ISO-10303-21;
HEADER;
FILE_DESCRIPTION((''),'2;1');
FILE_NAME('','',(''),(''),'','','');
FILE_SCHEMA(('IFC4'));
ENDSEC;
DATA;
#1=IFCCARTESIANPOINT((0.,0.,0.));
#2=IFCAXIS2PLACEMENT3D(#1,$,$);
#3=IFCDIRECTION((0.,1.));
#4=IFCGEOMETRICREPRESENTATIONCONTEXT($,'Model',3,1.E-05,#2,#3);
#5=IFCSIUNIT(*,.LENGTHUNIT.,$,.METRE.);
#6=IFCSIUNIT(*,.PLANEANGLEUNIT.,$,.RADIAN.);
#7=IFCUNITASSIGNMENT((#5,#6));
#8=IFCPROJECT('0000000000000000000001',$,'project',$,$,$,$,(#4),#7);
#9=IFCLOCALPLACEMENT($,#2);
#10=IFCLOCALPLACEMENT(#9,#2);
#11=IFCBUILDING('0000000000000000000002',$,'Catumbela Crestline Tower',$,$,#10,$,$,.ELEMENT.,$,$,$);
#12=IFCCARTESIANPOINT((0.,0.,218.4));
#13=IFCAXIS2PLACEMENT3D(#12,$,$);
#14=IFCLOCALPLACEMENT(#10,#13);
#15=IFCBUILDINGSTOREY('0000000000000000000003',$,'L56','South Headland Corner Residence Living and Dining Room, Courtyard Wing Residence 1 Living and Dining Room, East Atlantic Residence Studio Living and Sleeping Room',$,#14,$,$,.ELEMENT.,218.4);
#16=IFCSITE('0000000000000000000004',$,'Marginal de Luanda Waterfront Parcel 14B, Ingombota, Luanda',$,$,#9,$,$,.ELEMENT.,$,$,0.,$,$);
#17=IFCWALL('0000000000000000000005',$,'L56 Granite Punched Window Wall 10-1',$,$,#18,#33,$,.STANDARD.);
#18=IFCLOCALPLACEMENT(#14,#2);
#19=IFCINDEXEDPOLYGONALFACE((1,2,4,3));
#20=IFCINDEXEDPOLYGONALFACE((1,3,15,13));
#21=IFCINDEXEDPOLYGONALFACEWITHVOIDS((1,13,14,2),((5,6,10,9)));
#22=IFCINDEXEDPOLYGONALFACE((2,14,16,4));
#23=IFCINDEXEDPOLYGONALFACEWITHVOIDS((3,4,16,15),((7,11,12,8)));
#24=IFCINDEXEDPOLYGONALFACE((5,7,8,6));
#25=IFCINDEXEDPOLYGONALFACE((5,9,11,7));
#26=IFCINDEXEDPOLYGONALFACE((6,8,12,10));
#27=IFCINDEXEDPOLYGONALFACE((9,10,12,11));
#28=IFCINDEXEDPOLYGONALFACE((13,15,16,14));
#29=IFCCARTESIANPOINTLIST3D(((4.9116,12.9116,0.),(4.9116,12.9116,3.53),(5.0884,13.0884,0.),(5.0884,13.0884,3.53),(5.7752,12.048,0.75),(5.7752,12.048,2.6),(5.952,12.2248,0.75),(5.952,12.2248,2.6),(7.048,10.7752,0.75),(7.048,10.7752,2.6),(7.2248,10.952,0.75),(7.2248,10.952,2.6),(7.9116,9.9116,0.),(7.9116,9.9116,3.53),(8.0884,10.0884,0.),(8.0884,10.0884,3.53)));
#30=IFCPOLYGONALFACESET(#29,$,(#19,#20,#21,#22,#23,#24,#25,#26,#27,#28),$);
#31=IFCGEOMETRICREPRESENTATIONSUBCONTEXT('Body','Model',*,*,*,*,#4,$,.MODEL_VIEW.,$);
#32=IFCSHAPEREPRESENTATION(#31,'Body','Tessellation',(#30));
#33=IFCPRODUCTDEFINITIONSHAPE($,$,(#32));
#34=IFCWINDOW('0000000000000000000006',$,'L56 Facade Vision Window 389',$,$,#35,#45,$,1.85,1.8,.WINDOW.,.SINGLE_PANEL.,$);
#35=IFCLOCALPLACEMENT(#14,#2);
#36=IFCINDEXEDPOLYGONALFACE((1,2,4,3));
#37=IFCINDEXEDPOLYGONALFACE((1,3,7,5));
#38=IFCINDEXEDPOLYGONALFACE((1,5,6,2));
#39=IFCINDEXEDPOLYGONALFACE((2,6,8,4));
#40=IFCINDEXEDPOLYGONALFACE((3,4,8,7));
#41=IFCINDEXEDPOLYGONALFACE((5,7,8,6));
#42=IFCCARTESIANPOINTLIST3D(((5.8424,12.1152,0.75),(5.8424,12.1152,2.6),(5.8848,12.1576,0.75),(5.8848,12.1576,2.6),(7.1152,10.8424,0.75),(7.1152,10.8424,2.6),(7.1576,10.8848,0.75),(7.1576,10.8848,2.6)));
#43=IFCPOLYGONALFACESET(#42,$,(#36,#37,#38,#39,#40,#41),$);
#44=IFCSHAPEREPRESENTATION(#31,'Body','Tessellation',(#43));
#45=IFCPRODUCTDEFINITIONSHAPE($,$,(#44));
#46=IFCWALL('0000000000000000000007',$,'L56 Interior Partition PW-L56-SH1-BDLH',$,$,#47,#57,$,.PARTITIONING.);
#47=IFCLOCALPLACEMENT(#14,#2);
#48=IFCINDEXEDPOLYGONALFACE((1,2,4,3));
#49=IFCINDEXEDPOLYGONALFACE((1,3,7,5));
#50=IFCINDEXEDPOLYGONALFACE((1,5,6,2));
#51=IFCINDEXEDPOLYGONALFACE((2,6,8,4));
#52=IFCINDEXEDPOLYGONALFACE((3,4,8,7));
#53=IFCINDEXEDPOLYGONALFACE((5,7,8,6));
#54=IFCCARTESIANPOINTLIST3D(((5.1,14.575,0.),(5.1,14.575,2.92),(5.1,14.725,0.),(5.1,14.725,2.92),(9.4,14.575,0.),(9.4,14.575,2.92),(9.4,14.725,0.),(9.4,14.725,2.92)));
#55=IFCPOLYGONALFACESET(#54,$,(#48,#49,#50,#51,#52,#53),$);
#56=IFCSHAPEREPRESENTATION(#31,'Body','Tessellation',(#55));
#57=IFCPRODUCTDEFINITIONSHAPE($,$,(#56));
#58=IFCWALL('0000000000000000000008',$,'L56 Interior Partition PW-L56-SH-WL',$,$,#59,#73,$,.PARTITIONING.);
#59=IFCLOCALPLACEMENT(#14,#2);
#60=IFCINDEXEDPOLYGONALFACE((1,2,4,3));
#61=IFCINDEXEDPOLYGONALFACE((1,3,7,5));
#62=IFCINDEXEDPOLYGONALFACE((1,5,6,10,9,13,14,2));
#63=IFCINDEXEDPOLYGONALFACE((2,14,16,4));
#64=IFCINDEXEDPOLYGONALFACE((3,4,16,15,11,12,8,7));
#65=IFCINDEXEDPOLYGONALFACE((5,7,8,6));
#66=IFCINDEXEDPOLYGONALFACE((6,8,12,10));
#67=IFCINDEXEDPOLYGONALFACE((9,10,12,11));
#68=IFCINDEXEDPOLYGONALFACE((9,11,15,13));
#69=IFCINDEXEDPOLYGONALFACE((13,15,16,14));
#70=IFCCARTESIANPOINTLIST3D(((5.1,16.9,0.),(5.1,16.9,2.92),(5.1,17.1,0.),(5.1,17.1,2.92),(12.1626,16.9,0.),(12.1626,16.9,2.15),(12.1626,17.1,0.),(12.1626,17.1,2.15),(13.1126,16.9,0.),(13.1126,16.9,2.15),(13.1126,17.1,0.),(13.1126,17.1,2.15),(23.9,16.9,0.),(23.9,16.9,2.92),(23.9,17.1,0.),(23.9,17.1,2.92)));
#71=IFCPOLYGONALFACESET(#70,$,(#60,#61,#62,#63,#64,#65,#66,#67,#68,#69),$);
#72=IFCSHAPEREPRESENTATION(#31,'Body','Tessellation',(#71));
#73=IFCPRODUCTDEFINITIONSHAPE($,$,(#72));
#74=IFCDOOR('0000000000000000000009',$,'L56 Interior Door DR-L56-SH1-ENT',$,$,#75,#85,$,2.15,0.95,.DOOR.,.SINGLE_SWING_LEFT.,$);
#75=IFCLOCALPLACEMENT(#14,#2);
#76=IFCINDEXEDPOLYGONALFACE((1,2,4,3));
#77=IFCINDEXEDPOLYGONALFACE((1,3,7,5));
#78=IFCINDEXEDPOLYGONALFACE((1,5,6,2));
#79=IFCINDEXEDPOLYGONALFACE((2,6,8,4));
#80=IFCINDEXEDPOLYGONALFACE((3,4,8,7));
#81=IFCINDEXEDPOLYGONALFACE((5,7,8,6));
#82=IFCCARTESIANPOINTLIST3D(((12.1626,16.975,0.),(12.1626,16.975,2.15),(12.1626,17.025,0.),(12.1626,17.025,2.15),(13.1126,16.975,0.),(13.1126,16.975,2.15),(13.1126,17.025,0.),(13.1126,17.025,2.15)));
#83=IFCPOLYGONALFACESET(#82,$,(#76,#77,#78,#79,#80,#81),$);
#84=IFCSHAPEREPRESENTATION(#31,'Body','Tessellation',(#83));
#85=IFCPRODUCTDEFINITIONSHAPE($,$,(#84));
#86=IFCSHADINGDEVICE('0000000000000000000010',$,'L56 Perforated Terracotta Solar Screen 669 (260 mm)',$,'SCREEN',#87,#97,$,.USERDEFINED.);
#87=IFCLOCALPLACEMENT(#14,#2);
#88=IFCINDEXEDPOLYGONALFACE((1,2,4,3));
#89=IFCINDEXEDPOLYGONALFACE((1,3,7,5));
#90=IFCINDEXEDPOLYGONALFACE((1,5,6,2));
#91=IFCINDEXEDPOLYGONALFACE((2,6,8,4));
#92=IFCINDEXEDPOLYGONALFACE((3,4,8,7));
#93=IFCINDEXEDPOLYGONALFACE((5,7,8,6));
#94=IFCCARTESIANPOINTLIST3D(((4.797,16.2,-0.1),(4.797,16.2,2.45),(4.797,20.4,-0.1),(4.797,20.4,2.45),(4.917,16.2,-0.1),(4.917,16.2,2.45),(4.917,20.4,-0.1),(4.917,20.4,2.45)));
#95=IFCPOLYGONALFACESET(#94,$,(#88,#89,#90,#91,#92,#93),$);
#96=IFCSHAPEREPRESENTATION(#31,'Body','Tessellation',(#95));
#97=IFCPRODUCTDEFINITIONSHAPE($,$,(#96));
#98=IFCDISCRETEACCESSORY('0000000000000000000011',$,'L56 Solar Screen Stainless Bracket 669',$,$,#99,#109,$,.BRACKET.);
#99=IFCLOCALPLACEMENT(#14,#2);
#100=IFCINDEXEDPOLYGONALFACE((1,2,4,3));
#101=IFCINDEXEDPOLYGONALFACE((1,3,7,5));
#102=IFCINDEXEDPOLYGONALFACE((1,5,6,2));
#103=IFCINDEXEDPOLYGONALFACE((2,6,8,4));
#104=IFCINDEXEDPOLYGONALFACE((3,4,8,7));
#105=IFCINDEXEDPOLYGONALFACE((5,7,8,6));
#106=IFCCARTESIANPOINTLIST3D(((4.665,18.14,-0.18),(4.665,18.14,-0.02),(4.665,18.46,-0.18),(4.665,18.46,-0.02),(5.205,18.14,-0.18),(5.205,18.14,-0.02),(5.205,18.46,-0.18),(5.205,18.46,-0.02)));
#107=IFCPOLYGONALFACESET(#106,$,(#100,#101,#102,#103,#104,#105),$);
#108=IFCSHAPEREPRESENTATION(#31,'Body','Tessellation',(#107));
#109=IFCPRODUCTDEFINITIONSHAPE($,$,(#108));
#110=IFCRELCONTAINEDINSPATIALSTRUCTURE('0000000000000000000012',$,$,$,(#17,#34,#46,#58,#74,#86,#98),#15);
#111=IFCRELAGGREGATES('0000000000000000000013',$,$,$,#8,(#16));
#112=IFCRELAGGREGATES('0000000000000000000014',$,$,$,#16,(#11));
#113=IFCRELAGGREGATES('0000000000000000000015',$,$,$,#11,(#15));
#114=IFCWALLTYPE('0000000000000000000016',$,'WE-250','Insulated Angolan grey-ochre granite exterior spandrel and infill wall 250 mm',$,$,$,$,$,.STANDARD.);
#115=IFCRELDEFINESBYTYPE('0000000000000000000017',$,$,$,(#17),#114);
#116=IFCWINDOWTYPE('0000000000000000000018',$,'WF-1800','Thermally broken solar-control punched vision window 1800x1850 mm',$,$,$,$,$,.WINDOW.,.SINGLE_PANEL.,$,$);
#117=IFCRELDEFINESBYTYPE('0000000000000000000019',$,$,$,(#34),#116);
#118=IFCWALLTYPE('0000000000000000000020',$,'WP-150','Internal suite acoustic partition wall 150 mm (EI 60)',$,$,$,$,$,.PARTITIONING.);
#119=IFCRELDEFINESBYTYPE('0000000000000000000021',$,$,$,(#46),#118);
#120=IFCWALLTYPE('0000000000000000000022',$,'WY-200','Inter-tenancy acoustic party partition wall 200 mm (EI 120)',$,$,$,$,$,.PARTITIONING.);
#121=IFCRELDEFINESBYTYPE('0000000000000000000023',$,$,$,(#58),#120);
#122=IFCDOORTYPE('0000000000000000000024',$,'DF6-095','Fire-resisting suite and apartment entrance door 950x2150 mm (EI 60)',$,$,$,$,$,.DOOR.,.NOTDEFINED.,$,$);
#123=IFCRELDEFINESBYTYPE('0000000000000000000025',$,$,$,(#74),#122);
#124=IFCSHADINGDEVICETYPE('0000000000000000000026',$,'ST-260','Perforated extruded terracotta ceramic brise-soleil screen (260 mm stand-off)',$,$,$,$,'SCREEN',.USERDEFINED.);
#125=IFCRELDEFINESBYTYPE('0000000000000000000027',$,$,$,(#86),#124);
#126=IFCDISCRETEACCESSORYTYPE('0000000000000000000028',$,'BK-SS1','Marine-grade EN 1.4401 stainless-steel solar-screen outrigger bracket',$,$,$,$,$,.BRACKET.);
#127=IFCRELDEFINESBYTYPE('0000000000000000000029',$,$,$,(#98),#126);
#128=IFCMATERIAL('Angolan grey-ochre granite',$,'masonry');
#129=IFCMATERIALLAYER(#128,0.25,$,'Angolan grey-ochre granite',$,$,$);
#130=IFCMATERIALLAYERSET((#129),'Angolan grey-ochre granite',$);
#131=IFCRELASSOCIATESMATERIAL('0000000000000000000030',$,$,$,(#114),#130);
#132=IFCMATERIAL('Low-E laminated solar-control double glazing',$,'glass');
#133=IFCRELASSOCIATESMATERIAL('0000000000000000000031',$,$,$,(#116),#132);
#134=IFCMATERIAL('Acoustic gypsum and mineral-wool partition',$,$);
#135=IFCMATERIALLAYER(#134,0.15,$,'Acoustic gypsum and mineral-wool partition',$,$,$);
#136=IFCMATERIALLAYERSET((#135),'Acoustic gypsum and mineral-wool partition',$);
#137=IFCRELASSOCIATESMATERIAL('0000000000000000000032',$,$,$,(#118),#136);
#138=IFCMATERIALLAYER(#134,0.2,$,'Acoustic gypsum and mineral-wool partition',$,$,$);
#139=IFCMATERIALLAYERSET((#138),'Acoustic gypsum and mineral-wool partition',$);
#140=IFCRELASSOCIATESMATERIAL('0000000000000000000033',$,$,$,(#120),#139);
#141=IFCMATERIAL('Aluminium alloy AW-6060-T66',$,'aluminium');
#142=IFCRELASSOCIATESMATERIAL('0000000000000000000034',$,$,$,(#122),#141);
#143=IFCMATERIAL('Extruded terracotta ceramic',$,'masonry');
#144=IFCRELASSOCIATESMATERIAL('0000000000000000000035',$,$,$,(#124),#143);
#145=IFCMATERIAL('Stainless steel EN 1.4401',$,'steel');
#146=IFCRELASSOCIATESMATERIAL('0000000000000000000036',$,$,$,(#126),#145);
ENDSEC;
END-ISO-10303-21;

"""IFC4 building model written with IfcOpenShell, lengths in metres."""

from ifc_helpers import new_model, si_unit, direction, frame, frame_2d, origin, origin_2d, place, context, subcontext, project, spatial, rectangle, extrude, material, layer, layer_set, type_object, element, fill, save


model = new_model("IFC4")

# Units and contexts
model_context = context("Model", 3, precision=1e-05, world=origin(), true_north=direction((0.0, 1.0)))
body_context = subcontext(model_context, "Body", "Model", "MODEL_VIEW")
ifc_project = project(units=[si_unit("LENGTHUNIT", "METRE"), si_unit("PLANEANGLEUNIT", "RADIAN")], contexts=[model_context])

# Site, building, storey
site_placement = place(None, origin())
site = spatial("IfcSite", under=ifc_project, at=site_placement, Name="Marginal de Luanda Waterfront Parcel 14B, Ingombota, Luanda", CompositionType="ELEMENT", RefElevation=0.0)
building_placement = place(site_placement, origin())
building = spatial("IfcBuilding", under=site, at=building_placement, Name="Catumbela Crestline Tower", CompositionType="ELEMENT")
storey_placement = place(building_placement, frame((0.0, 0.0, 218.4)))
storey = spatial("IfcBuildingStorey", under=building, at=storey_placement, Name="L56", Description="South Headland Corner Residence Living and Dining Room, Courtyard Wing Residence 1 Living and Dining Room, East Atlantic Residence Studio Living and Sleeping Room", CompositionType="ELEMENT", Elevation=218.4)

# Shared definitions
ifc_material_1 = material(Name="Aluminium alloy AW-6060-T66", Category="aluminium")
ifc_material_2 = material(Name="Low-E laminated solar-control double glazing", Category="glass")

# Wall, opening, window
ifc_material_3 = material(Name="Angolan grey-ochre granite", Category="masonry")
ifc_layer_1 = layer(ifc_material_3, 0.25, Name="Angolan grey-ochre granite")
ifc_layer_set_1 = layer_set([ifc_layer_1], Name="Angolan grey-ochre granite")
wall_type_1 = type_object("IfcWallType", Name="WE-250", Description="Insulated Angolan grey-ochre granite exterior spandrel and infill wall 250 mm", PredefinedType="STANDARD", material=ifc_layer_set_1)
wall_1_placement = place(storey_placement, frame((5.0, 13.0, 0.0), z_axis=(0.0, 0.0, 1.0), x_axis=(0.707107, -0.707107, 0.0)))
wall_1 = element("IfcWall", 1, at=wall_1_placement, inside=storey, type_object=wall_type_1, Name="L56 Granite Punched Window Wall 10-1", PredefinedType="STANDARD", context=body_context, shape_type="SweptSolid", body=[
    extrude(rectangle(XDim=4.2426, YDim=0.25, at=frame_2d((2.1213, 0.0))), origin(), (0.0, 0.0, 1.0), 3.53),
])
opening_1_placement = place(wall_1_placement, frame((1.2213, 0.0, 0.75)))
opening_1 = element("IfcOpeningElement", 2, at=opening_1_placement, cuts=wall_1, PredefinedType="OPENING", context=body_context, shape_type="SweptSolid", body=[
    extrude(rectangle(XDim=1.8, YDim=1.85, at=frame_2d((0.9, 0.925))), frame((0.0, 0.135, 0.0), z_axis=(0.0, -1.0, 0.0), x_axis=(1.0, 0.0, 0.0)), (0.0, 0.0, 1.0), 0.27),
])
window_type = type_object("IfcWindowType", Name="WF-1800", Description="Thermally broken solar-control punched vision window 1800x1850 mm", PartitioningType="SINGLE_PANEL", PredefinedType="WINDOW", material=ifc_material_2)
window_placement = place(opening_1_placement, origin())
window = element("IfcWindow", 3, at=window_placement, inside=storey, type_object=window_type, Name="L56 Facade Vision Window 389", OverallHeight=1.85, OverallWidth=1.8, PartitioningType="SINGLE_PANEL", PredefinedType="WINDOW", context=body_context, shape_type="SweptSolid", body=[
    extrude(rectangle(XDim=1.8, YDim=1.85, at=frame_2d((0.9, 0.925))), frame((0.0, 0.03, 0.0), z_axis=(0.0, -1.0, 0.0), x_axis=(1.0, 0.0, 0.0)), (0.0, 0.0, 1.0), 0.06),
])
fill(opening_1, window)

# Wall
ifc_material_4 = material(Name="Acoustic gypsum and mineral-wool partition")
ifc_layer_2 = layer(ifc_material_4, 0.15, Name="Acoustic gypsum and mineral-wool partition")
ifc_layer_set_2 = layer_set([ifc_layer_2], Name="Acoustic gypsum and mineral-wool partition")
wall_type_2 = type_object("IfcWallType", Name="WP-150", Description="Internal suite acoustic partition wall 150 mm (EI 60)", PredefinedType="PARTITIONING", material=ifc_layer_set_2)
wall_2_placement = place(storey_placement, frame((5.1, 14.65, 0.0), z_axis=(0.0, 0.0, 1.0), x_axis=(1.0, 0.0, 0.0)))
element("IfcWall", 4, at=wall_2_placement, inside=storey, type_object=wall_type_2, Name="L56 Interior Partition PW-L56-SH1-BDLH", PredefinedType="PARTITIONING", context=body_context, shape_type="SweptSolid", body=[
    extrude(rectangle(XDim=4.3, YDim=0.15, at=frame_2d((2.15, 0.0))), origin(), (0.0, 0.0, 1.0), 2.92),
])

# Wall, opening, door
ifc_layer_3 = layer(ifc_material_4, 0.2, Name="Acoustic gypsum and mineral-wool partition")
ifc_layer_set_3 = layer_set([ifc_layer_3], Name="Acoustic gypsum and mineral-wool partition")
wall_type_3 = type_object("IfcWallType", Name="WY-200", Description="Inter-tenancy acoustic party partition wall 200 mm (EI 120)", PredefinedType="PARTITIONING", material=ifc_layer_set_3)
wall_3_placement = place(storey_placement, frame((5.1, 17.0, 0.0), z_axis=(0.0, 0.0, 1.0), x_axis=(1.0, 0.0, 0.0)))
wall_3 = element("IfcWall", 5, at=wall_3_placement, inside=storey, type_object=wall_type_3, Name="L56 Interior Partition PW-L56-SH-WL", PredefinedType="PARTITIONING", context=body_context, shape_type="SweptSolid", body=[
    extrude(rectangle(XDim=18.8, YDim=0.2, at=frame_2d((9.4, 0.0))), origin(), (0.0, 0.0, 1.0), 2.92),
])
opening_2_placement = place(wall_3_placement, frame((7.0626, 0.0, 0.0)))
opening_2 = element("IfcOpeningElement", 6, at=opening_2_placement, cuts=wall_3, PredefinedType="OPENING", context=body_context, shape_type="SweptSolid", body=[
    extrude(rectangle(XDim=0.95, YDim=2.15, at=frame_2d((0.475, 1.075))), frame((0.0, 0.11, 0.0), z_axis=(0.0, -1.0, 0.0), x_axis=(1.0, 0.0, 0.0)), (0.0, 0.0, 1.0), 0.22),
])
door_type = type_object("IfcDoorType", Name="DF6-095", Description="Fire-resisting suite and apartment entrance door 950x2150 mm (EI 60)", OperationType="NOTDEFINED", PredefinedType="DOOR", material=ifc_material_1)
door_placement = place(opening_2_placement, origin())
door = element("IfcDoor", 7, at=door_placement, inside=storey, type_object=door_type, Name="L56 Interior Door DR-L56-SH1-ENT", OperationType="SINGLE_SWING_LEFT", OverallHeight=2.15, OverallWidth=0.95, PredefinedType="DOOR", context=body_context, shape_type="SweptSolid", body=[
    extrude(rectangle(XDim=0.95, YDim=2.15, at=frame_2d((0.475, 1.075))), frame((0.0, 0.025, 0.0), z_axis=(0.0, -1.0, 0.0), x_axis=(1.0, 0.0, 0.0)), (0.0, 0.0, 1.0), 0.05),
])
fill(opening_2, door)

# Shading device
ifc_material_5 = material(Name="Extruded terracotta ceramic", Category="masonry")
shading_device_type = type_object("IfcShadingDeviceType", Name="ST-260", Description="Perforated extruded terracotta ceramic brise-soleil screen (260 mm stand-off)", ElementType="SCREEN", PredefinedType="USERDEFINED", material=ifc_material_5)
shading_device_placement = place(storey_placement, frame((4.857, 18.3, -0.1), z_axis=(0.0, 0.0, 1.0), x_axis=(0.0, -1.0, 0.0)))
element("IfcShadingDevice", 8, at=shading_device_placement, inside=storey, type_object=shading_device_type, Name="L56 Perforated Terracotta Solar Screen 669 (260 mm)", ObjectType="SCREEN", PredefinedType="USERDEFINED", context=body_context, shape_type="SweptSolid", body=[
    extrude(rectangle(XDim=4.2, YDim=0.12, at=origin_2d()), origin(), (0.0, 0.0, 1.0), 2.55),
])

# Discrete accessory
ifc_material_6 = material(Name="Stainless steel EN 1.4401", Category="steel")
discrete_accessory_type = type_object("IfcDiscreteAccessoryType", Name="BK-SS1", Description="Marine-grade EN 1.4401 stainless-steel solar-screen outrigger bracket", PredefinedType="BRACKET", material=ifc_material_6)
discrete_accessory_placement = place(storey_placement, frame((4.935, 18.3, -0.18), z_axis=(0.0, 0.0, 1.0), x_axis=(0.0, -1.0, 0.0)))
element("IfcDiscreteAccessory", 9, at=discrete_accessory_placement, inside=storey, type_object=discrete_accessory_type, Name="L56 Solar Screen Stainless Bracket 669", PredefinedType="BRACKET", context=body_context, shape_type="SweptSolid", body=[
    extrude(rectangle(XDim=0.32, YDim=0.54, at=origin_2d()), origin(), (0.0, 0.0, 1.0), 0.16),
])

save(model, "model.ifc")
